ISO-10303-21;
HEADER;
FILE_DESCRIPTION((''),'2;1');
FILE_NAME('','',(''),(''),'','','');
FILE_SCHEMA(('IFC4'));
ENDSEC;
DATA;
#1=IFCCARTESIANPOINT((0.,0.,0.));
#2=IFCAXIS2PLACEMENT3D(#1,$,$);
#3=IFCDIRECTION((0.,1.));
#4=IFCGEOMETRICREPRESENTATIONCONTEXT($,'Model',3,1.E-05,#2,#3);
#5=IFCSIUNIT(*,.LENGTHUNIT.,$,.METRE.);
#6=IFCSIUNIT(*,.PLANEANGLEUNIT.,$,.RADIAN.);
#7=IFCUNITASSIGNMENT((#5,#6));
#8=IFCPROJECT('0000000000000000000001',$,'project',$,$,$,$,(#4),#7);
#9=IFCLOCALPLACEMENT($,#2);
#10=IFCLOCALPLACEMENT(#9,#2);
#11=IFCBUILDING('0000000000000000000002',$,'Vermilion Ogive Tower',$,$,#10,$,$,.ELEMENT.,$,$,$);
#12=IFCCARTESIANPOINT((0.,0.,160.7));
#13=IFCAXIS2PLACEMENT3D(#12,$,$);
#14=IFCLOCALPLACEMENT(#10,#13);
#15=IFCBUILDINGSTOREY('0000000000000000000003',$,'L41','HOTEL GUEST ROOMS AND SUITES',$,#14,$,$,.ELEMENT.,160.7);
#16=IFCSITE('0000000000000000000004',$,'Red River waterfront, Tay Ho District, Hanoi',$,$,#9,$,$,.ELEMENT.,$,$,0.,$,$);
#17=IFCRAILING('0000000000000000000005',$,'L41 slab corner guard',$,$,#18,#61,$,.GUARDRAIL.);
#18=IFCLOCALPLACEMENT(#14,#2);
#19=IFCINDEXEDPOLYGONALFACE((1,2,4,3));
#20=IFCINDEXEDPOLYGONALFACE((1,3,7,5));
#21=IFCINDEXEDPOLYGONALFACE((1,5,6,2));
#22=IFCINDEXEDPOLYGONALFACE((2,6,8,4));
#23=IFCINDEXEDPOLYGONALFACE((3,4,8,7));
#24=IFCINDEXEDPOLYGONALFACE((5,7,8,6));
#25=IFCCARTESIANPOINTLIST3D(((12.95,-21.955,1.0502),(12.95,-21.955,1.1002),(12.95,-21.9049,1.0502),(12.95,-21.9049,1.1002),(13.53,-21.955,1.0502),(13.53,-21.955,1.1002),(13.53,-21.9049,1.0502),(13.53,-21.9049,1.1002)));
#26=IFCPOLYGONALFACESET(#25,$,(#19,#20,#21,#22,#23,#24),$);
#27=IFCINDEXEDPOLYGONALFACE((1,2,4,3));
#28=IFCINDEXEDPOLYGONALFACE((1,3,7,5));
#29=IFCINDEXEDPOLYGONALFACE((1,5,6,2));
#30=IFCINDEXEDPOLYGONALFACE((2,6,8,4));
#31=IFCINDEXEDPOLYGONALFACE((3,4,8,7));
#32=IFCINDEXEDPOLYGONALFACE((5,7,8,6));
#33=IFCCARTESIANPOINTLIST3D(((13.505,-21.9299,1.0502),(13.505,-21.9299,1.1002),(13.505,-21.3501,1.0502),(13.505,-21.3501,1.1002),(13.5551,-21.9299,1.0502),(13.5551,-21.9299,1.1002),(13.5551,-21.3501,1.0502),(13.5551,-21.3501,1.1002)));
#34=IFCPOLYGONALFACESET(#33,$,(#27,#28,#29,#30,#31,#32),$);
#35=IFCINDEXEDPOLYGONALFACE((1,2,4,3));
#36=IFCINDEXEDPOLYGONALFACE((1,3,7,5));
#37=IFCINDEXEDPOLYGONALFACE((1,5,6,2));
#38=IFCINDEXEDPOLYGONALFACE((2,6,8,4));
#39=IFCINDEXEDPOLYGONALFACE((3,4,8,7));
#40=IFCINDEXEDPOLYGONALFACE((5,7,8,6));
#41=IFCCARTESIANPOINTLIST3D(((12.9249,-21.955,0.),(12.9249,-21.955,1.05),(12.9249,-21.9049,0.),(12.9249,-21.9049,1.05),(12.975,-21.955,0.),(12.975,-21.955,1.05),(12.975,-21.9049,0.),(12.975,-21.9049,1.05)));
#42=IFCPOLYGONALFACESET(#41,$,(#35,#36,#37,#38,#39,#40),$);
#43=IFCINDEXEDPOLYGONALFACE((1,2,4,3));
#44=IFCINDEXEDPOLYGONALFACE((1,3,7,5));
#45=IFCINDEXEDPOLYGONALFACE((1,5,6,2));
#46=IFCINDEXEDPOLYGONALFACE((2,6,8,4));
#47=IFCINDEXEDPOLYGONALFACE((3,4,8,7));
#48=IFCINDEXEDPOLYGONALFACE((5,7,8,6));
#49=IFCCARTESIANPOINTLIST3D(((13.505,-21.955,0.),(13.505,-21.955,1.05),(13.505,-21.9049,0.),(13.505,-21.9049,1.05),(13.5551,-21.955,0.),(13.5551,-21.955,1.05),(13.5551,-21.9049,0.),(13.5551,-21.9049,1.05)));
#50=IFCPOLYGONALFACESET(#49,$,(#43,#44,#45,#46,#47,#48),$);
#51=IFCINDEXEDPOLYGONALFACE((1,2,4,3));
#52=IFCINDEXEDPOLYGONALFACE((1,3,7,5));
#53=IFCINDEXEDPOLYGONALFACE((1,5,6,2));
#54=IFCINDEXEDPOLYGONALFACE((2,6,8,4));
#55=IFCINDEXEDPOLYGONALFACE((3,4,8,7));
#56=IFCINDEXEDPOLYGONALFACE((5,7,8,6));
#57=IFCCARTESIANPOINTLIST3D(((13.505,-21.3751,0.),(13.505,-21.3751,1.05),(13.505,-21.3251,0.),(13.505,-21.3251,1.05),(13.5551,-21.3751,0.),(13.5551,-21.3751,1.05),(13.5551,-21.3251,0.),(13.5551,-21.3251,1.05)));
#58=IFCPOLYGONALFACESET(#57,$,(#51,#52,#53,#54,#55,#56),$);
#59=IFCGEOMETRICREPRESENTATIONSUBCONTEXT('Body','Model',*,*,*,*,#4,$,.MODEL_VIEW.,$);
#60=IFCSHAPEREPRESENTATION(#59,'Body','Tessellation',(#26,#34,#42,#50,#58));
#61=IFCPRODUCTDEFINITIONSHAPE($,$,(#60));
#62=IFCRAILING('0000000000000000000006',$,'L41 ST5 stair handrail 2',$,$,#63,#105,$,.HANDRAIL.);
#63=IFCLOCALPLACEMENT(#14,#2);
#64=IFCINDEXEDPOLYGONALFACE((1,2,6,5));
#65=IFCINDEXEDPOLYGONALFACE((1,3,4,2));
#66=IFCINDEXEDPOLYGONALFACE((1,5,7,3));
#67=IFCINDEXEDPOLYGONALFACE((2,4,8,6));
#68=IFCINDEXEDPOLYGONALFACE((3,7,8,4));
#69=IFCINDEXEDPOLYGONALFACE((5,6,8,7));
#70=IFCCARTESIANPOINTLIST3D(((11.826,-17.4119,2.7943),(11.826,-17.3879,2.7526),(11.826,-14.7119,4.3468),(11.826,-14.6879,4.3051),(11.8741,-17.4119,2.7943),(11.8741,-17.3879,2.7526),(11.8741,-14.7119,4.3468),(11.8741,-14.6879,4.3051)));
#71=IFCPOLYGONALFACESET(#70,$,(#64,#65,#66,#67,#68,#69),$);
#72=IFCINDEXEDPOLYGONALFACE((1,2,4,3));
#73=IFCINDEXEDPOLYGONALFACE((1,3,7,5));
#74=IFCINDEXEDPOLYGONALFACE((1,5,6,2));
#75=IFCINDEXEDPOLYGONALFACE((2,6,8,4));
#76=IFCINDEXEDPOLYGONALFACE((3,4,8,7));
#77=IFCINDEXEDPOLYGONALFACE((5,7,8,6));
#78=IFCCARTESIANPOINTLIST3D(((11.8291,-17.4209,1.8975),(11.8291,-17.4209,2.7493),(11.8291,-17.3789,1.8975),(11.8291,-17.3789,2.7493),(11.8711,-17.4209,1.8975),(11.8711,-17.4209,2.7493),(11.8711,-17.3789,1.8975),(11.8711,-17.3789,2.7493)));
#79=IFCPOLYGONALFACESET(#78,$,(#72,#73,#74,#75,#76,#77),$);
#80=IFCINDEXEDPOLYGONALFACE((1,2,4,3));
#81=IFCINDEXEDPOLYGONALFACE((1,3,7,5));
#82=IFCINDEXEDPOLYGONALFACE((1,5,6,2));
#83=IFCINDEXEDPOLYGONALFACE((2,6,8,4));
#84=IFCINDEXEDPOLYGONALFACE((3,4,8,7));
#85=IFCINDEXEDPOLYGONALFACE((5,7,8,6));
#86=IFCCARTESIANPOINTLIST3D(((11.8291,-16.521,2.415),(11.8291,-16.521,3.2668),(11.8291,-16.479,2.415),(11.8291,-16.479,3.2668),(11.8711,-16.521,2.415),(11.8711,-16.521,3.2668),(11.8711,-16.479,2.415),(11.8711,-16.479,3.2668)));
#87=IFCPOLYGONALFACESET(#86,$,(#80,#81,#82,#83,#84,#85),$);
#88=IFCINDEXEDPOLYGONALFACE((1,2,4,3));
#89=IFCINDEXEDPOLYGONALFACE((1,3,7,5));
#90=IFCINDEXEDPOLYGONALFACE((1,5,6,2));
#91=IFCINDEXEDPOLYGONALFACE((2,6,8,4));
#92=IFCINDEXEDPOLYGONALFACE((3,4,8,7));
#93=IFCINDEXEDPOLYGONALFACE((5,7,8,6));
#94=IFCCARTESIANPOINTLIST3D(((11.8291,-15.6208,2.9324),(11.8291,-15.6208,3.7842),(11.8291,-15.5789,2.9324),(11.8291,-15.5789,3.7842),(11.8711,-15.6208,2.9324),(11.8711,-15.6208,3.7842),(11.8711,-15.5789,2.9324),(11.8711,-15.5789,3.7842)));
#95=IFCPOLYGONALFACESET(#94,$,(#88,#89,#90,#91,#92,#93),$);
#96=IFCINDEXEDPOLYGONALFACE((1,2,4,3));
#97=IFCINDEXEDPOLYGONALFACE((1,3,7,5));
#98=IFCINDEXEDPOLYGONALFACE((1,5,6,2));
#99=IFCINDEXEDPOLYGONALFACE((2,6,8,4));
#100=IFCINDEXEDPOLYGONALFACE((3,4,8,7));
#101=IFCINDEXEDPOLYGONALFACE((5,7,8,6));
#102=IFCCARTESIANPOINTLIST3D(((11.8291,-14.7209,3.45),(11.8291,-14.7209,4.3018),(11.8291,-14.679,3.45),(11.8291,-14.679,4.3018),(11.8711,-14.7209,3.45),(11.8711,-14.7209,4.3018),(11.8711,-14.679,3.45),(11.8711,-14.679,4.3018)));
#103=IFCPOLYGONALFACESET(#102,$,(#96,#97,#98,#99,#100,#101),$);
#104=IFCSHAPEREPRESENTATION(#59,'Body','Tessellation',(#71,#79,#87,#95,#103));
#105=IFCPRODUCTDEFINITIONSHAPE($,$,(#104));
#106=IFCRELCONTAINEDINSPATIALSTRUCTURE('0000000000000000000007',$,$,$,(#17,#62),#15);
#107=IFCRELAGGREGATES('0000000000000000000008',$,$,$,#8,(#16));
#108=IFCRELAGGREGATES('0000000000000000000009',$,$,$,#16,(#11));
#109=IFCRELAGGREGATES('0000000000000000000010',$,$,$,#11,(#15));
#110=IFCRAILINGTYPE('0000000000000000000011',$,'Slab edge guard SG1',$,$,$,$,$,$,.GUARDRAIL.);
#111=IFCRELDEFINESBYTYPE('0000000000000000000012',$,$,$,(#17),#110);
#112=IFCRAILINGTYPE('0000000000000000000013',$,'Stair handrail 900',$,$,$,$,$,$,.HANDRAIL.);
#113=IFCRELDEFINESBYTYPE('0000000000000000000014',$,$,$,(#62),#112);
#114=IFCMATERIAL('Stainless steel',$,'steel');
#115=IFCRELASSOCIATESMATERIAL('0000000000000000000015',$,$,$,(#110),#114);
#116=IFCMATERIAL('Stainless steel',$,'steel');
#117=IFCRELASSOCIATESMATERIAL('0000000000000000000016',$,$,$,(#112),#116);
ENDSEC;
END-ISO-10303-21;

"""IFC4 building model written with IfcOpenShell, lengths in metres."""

from ifc_helpers import new_model, si_unit, direction, frame, origin, origin_2d, place, context, subcontext, project, spatial, rectangle, extrude, material, type_object, element, save


model = new_model("IFC4")

# Units and contexts
model_context = context("Model", 3, precision=1e-05, world=origin(), true_north=direction((0.0, 1.0)))
body_context = subcontext(model_context, "Body", "Model", "MODEL_VIEW")
ifc_project = project(units=[si_unit("LENGTHUNIT", "METRE"), si_unit("PLANEANGLEUNIT", "RADIAN")], contexts=[model_context])

# Site, building, storey
site_placement = place(None, origin())
site = spatial("IfcSite", under=ifc_project, at=site_placement, Name="Red River waterfront, Tay Ho District, Hanoi", CompositionType="ELEMENT", RefElevation=0.0)
building_placement = place(site_placement, origin())
building = spatial("IfcBuilding", under=site, at=building_placement, Name="Vermilion Ogive Tower", CompositionType="ELEMENT")
storey_placement = place(building_placement, frame((0.0, 0.0, 160.7)))
storey = spatial("IfcBuildingStorey", under=building, at=storey_placement, Name="L41", Description="HOTEL GUEST ROOMS AND SUITES", CompositionType="ELEMENT", Elevation=160.7)

# Railings
ifc_material_1 = material(Name="Stainless steel", Category="steel")
railing_type_1 = type_object("IfcRailingType", Name="Slab edge guard SG1", PredefinedType="GUARDRAIL", material=ifc_material_1)
railing_1_placement = place(storey_placement, frame((12.95, -21.9299, 0.0)))
element("IfcRailing", 1, at=railing_1_placement, inside=storey, type_object=railing_type_1, Name="L41 slab corner guard", PredefinedType="GUARDRAIL", context=body_context, shape_type="SweptSolid", body=[
    extrude(rectangle(XDim=0.05, YDim=0.05, at=origin_2d()), frame((0.0, 0.0, 1.0752), z_axis=(1.0, 0.0, 0.0), x_axis=(0.0, 1.0, 0.0)), (0.0, 0.0, 1.0), 0.5801),
    extrude(rectangle(XDim=0.05, YDim=0.05, at=origin_2d()), frame((0.5801, 0.0, 1.0752), z_axis=(0.0, 1.0, 0.0), x_axis=(-1.0, 0.0, 0.0)), (0.0, 0.0, 1.0), 0.5798),
    extrude(rectangle(XDim=0.05, YDim=0.05, at=origin_2d()), origin(), (0.0, 0.0, 1.0), 1.05),
    extrude(rectangle(XDim=0.05, YDim=0.05, at=origin_2d()), frame((0.5801, 0.0, 0.0)), (0.0, 0.0, 1.0), 1.05),
    extrude(rectangle(XDim=0.05, YDim=0.05, at=origin_2d()), frame((0.5801, 0.5798, 0.0)), (0.0, 0.0, 1.0), 1.05),
])
ifc_material_2 = material(Name="Stainless steel", Category="steel")
railing_type_2 = type_object("IfcRailingType", Name="Stair handrail 900", PredefinedType="HANDRAIL", material=ifc_material_2)
railing_2_placement = place(storey_placement, frame((11.8501, -17.3999, 1.8975)))
element("IfcRailing", 2, at=railing_2_placement, inside=storey, type_object=railing_type_2, Name="L41 ST5 stair handrail 2", PredefinedType="HANDRAIL", context=body_context, shape_type="SweptSolid", body=[
    extrude(rectangle(XDim=0.0481, YDim=0.0481, at=origin_2d()), frame((0.0, 0.0, 0.876), z_axis=(0.0, 0.866904, 0.498476), x_axis=(-1.0, 0.0, 0.0)), (0.0, 0.0, 1.0), 3.1145),
    extrude(rectangle(XDim=0.042, YDim=0.042, at=origin_2d()), origin(), (0.0, 0.0, 1.0), 0.8518),
    extrude(rectangle(XDim=0.042, YDim=0.042, at=origin_2d()), frame((0.0, 0.8999, 0.5176)), (0.0, 0.0, 1.0), 0.8518),
    extrude(rectangle(XDim=0.042, YDim=0.042, at=origin_2d()), frame((0.0, 1.8, 1.0349)), (0.0, 0.0, 1.0), 0.8518),
    extrude(rectangle(XDim=0.042, YDim=0.042, at=origin_2d()), frame((0.0, 2.7, 1.5525)), (0.0, 0.0, 1.0), 0.8518),
])

save(model, "model.ifc")
